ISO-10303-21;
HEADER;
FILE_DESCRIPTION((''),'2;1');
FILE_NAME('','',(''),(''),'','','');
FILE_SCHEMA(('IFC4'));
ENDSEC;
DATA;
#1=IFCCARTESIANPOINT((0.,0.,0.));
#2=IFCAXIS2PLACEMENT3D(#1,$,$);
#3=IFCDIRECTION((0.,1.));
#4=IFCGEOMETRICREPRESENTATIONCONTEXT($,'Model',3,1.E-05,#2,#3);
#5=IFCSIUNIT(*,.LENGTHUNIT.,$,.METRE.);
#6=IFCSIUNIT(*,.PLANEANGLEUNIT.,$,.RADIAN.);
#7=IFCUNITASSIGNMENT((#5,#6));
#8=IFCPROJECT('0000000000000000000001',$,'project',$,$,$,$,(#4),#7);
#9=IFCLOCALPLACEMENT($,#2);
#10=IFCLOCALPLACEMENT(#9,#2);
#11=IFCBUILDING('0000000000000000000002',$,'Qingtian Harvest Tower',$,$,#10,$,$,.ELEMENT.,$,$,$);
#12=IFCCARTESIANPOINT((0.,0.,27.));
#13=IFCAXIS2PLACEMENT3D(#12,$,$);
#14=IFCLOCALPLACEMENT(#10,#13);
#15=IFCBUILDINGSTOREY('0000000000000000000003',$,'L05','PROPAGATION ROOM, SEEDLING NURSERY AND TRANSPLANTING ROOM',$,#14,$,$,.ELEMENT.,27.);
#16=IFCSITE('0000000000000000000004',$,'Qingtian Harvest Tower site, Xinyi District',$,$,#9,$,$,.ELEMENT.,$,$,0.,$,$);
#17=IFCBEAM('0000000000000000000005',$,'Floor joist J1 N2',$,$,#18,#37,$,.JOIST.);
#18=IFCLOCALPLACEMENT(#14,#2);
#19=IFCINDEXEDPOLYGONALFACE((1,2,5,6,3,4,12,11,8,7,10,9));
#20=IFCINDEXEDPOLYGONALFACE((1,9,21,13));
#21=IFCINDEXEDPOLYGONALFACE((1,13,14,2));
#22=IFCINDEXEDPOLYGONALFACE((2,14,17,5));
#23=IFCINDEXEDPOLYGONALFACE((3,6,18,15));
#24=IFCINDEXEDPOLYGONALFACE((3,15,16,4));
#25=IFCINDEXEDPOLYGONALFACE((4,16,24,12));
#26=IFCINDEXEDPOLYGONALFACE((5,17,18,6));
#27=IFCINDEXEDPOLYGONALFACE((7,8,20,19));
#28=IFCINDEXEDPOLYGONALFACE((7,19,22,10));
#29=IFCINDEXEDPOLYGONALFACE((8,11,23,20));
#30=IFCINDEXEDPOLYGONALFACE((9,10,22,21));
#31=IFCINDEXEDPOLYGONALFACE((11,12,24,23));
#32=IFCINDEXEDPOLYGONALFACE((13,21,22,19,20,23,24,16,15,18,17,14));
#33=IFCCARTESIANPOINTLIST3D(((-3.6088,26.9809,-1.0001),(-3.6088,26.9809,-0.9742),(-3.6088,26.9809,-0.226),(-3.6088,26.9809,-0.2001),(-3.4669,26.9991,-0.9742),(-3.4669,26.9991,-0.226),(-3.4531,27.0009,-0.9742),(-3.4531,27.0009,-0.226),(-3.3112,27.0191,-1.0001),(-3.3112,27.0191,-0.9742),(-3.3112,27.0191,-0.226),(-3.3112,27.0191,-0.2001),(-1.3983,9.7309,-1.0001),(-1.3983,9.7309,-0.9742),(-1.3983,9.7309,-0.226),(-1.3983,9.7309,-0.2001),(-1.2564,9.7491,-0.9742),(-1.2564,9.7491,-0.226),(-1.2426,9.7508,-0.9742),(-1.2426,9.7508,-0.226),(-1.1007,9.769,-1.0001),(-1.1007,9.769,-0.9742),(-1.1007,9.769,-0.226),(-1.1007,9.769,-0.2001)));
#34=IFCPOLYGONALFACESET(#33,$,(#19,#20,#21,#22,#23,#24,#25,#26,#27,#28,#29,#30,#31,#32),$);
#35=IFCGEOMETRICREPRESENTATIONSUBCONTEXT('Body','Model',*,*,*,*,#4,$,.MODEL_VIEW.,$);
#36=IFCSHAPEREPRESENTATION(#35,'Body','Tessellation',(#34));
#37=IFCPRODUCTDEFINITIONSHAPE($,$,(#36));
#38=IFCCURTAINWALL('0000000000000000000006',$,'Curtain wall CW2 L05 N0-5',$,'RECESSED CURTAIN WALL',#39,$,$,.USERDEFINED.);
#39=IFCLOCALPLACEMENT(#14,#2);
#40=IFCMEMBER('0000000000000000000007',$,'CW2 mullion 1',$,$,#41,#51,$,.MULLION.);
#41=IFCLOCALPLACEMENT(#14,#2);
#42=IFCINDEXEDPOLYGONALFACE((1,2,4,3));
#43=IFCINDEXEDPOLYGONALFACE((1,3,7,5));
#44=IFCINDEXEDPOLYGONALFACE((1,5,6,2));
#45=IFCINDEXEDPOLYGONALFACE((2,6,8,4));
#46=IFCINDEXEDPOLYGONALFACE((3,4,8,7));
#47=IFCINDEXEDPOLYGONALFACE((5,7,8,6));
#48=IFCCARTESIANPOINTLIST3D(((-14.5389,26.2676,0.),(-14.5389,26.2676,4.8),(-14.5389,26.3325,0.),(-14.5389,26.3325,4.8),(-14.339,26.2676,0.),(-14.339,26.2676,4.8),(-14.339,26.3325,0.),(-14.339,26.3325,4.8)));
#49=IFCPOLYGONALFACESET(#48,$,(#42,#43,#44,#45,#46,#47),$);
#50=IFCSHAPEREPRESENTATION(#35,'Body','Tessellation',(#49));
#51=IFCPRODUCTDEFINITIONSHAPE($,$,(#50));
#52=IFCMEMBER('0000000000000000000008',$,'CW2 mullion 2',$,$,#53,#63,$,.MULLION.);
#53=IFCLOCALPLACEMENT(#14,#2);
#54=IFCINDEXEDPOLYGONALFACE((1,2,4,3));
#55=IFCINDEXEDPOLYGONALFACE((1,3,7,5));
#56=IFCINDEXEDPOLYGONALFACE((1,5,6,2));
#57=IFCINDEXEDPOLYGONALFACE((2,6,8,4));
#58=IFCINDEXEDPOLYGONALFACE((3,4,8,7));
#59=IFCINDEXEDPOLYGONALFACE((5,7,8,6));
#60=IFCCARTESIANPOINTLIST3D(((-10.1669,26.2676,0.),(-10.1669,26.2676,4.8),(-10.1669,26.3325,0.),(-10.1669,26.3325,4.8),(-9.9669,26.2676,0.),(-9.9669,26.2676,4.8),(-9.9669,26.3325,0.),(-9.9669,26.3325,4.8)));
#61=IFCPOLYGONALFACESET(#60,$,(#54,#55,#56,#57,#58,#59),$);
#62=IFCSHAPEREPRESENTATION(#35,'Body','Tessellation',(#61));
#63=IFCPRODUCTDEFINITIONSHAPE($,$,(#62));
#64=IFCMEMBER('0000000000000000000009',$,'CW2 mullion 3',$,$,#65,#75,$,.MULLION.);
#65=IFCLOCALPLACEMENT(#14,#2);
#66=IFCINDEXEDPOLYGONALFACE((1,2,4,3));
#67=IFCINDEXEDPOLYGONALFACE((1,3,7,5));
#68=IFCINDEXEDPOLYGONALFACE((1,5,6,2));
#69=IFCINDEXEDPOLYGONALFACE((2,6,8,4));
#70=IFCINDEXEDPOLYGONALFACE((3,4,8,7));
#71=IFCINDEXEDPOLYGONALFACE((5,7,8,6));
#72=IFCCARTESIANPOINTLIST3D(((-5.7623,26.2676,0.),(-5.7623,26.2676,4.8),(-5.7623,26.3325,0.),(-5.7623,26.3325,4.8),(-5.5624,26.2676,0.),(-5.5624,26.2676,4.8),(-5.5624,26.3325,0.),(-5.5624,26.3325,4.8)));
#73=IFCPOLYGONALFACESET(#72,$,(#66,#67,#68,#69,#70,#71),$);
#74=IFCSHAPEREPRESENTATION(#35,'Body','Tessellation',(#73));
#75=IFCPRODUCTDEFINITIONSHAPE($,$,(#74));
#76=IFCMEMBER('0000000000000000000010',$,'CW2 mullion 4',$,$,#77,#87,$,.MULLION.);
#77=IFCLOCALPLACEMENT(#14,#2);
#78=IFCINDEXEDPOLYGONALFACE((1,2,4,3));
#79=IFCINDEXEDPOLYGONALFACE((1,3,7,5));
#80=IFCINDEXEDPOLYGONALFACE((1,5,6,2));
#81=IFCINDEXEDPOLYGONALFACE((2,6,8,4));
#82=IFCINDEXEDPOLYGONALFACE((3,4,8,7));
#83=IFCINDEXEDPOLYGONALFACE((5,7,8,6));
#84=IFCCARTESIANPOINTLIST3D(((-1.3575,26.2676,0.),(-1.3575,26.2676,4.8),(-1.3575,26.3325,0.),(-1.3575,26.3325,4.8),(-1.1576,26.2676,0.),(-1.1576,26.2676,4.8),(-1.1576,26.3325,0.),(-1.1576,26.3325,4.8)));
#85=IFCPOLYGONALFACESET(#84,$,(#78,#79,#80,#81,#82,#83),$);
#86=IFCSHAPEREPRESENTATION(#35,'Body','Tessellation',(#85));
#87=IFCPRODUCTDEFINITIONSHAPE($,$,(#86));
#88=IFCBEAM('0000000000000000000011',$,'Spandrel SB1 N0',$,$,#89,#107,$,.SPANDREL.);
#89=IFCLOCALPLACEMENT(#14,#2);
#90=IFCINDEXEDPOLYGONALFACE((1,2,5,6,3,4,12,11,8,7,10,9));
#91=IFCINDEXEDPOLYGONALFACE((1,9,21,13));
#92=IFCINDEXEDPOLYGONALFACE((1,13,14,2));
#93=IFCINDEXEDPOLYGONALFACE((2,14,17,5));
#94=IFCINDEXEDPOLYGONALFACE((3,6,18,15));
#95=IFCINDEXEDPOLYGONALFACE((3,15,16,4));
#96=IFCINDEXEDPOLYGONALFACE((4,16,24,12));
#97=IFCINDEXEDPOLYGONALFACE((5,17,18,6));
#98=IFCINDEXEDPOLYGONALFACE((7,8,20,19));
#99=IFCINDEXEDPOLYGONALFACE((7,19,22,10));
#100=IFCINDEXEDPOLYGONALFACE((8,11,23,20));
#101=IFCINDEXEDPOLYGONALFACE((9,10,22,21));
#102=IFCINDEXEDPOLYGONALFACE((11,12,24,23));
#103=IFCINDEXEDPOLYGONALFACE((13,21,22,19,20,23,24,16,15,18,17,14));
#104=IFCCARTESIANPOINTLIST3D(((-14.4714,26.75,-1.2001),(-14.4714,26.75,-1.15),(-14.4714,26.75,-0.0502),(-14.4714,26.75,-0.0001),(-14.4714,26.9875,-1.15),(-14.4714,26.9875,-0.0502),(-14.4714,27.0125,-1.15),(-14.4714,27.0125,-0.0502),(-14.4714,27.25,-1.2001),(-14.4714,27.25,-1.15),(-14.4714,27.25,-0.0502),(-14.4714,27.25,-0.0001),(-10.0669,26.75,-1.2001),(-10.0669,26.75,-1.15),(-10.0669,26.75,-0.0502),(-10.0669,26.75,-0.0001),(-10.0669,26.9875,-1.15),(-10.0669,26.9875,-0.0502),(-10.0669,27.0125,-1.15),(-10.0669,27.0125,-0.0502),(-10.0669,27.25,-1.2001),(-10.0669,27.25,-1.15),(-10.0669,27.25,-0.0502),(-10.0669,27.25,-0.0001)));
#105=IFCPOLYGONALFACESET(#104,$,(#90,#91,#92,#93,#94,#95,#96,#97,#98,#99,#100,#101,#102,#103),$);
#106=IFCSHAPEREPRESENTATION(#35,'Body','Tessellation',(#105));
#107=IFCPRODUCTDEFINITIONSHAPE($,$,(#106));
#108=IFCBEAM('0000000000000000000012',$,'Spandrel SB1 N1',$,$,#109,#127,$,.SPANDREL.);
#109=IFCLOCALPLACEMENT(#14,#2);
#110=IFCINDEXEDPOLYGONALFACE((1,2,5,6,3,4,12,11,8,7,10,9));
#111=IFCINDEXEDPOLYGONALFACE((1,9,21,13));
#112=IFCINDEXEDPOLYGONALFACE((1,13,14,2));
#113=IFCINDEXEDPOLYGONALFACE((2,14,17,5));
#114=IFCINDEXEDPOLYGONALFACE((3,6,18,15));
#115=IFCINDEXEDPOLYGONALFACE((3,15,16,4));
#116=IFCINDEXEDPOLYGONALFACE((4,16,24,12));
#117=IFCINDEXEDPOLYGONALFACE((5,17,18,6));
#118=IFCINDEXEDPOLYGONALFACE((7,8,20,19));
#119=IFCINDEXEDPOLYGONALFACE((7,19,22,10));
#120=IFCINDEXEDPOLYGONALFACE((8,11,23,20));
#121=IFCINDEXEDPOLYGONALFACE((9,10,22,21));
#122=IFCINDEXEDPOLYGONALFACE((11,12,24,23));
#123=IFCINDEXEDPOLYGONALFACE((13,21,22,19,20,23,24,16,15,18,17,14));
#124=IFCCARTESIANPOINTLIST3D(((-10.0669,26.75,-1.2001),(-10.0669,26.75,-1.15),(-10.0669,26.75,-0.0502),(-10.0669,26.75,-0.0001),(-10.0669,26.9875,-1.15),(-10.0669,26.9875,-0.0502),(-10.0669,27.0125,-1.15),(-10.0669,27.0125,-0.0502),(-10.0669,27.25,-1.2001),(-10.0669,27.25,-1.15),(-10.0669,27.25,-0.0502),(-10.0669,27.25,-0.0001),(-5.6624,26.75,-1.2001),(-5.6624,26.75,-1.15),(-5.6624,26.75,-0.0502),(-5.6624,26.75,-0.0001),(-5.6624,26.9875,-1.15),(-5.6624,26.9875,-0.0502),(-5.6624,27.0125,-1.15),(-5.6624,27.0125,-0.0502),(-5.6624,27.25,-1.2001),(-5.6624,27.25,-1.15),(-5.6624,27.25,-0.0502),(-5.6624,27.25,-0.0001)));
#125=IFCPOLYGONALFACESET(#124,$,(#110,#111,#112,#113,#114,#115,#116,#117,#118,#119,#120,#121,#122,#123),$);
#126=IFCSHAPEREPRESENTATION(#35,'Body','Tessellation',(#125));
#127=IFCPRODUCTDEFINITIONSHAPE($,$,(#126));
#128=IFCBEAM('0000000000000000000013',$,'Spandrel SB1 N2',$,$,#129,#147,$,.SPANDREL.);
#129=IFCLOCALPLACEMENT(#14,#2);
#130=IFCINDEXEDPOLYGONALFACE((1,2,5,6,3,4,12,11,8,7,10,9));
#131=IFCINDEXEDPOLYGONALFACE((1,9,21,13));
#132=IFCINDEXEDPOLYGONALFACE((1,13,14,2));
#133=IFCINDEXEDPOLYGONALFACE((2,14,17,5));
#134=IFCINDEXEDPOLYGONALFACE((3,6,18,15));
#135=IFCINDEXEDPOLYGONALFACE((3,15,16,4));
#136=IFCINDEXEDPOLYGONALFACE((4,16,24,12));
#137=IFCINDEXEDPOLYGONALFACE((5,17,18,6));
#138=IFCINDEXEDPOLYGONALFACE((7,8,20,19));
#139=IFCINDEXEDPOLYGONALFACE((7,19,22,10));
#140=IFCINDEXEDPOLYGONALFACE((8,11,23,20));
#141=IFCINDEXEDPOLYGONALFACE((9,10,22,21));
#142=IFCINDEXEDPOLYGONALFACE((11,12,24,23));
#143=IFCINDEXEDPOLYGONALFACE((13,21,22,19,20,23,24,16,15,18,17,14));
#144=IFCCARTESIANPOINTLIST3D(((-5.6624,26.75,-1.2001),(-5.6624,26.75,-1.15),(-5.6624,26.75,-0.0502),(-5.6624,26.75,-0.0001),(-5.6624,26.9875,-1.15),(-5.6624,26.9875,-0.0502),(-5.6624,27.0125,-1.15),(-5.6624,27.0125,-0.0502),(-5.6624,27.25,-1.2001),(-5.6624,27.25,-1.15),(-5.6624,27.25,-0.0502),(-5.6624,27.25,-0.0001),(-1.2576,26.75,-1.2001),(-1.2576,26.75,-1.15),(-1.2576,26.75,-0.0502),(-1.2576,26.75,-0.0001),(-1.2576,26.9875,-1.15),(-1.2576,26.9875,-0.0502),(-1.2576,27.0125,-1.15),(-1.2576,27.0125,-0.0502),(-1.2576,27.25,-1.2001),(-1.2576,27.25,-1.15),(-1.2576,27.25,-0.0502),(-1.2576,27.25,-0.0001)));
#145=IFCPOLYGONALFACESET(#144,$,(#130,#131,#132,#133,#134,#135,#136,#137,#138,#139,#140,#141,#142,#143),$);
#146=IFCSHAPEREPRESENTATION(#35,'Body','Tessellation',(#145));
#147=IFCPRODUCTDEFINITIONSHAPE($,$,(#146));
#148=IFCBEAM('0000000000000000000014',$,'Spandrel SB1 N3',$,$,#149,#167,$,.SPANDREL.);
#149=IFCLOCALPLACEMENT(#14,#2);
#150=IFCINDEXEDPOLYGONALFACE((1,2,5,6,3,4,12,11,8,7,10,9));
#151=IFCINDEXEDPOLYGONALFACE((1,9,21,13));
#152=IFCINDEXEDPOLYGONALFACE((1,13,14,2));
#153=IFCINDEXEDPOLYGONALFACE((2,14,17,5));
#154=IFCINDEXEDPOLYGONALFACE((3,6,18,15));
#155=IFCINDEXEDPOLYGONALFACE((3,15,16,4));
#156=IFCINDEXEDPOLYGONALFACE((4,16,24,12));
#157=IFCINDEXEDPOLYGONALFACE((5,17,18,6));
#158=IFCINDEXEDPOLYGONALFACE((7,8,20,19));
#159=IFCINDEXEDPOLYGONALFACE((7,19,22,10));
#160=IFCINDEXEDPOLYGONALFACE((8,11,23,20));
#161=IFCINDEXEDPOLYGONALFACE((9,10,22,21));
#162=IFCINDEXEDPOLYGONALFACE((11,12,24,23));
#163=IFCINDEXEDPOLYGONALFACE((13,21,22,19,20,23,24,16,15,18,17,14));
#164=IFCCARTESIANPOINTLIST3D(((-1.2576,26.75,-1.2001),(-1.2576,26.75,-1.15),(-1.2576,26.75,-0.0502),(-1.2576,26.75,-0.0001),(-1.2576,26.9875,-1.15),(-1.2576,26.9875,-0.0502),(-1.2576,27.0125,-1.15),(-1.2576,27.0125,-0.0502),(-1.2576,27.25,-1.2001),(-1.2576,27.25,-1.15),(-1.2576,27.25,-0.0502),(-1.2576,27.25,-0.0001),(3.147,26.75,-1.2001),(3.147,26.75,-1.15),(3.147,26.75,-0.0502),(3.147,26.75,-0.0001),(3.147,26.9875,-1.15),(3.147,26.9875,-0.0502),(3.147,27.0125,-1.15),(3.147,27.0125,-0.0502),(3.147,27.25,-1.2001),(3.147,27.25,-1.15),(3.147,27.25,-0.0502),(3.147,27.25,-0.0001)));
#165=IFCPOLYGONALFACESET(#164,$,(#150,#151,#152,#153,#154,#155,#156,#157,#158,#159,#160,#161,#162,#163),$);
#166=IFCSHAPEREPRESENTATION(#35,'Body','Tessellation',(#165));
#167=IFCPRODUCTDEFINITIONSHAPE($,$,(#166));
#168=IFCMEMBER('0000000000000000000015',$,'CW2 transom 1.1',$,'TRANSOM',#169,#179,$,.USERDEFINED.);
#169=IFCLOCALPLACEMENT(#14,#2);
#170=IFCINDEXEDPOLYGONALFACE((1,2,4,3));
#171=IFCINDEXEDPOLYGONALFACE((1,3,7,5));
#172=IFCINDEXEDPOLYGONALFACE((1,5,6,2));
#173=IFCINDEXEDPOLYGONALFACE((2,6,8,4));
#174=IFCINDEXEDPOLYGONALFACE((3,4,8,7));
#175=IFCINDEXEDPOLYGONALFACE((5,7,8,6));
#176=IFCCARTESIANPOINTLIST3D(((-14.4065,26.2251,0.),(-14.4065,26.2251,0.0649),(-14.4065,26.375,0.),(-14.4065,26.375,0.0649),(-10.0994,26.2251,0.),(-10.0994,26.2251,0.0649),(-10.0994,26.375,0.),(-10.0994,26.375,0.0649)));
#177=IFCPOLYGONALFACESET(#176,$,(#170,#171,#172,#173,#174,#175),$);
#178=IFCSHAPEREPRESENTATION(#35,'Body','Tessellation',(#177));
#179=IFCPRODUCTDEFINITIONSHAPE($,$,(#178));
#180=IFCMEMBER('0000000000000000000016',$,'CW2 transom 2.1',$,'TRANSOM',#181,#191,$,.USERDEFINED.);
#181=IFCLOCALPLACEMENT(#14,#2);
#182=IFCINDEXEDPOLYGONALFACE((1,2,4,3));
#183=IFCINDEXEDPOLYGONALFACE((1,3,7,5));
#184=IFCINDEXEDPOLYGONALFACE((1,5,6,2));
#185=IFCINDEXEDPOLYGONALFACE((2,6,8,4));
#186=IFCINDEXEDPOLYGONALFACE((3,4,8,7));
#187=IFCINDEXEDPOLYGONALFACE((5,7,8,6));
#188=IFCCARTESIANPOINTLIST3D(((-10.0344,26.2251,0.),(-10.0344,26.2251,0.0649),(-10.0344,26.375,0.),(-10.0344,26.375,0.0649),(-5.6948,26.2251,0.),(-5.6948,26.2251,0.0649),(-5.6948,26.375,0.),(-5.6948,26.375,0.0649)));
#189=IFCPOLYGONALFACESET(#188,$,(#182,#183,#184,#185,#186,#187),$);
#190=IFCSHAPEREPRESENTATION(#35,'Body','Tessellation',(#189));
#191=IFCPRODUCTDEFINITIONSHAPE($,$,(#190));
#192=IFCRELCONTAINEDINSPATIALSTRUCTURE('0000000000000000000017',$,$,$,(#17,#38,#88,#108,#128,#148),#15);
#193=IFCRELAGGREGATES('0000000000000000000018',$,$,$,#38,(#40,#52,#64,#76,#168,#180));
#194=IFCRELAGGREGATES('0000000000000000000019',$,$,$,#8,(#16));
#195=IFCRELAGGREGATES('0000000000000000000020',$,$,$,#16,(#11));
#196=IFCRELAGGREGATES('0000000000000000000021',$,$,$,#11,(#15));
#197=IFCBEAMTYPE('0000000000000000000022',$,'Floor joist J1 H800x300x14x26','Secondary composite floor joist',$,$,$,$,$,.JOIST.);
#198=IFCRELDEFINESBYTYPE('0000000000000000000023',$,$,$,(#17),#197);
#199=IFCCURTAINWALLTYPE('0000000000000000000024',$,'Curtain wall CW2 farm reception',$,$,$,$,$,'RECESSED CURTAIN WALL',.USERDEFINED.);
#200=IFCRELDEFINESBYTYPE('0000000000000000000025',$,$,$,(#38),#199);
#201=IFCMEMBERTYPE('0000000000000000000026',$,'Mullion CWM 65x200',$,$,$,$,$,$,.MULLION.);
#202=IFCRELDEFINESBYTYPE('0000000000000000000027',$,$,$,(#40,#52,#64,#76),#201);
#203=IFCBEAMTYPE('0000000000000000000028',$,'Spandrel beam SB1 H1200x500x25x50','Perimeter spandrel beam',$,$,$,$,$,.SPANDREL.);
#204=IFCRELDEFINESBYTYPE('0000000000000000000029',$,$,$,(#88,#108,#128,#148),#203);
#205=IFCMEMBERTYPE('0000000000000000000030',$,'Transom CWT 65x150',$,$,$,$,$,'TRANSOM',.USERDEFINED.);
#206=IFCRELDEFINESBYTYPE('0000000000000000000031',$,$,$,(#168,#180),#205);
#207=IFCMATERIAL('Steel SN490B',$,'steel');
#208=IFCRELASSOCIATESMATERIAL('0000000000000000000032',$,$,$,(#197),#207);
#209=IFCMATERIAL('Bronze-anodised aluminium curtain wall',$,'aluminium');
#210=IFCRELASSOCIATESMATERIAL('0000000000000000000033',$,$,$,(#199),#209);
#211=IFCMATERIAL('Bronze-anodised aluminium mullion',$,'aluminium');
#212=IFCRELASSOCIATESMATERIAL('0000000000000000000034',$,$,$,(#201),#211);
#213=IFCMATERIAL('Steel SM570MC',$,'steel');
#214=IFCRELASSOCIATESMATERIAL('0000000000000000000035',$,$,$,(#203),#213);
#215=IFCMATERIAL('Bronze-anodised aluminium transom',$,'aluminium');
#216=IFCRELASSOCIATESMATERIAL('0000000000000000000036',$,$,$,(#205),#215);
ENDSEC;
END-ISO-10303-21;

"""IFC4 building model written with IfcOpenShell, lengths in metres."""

from ifc_helpers import new_model, si_unit, direction, frame, origin, origin_2d, place, context, subcontext, project, spatial, rectangle, i_section, extrude, material, material_profile, profile_set, type_object, element, aggregate, save


model = new_model("IFC4")

# Units and contexts
model_context = context("Model", 3, precision=1e-05, world=origin(), true_north=direction((0.0, 1.0)))
body_context = subcontext(model_context, "Body", "Model", "MODEL_VIEW")
ifc_project = project(units=[si_unit("LENGTHUNIT", "METRE"), si_unit("PLANEANGLEUNIT", "RADIAN")], contexts=[model_context])

# Site, building, storey
site_placement = place(None, origin())
site = spatial("IfcSite", under=ifc_project, at=site_placement, Name="Qingtian Harvest Tower site, Xinyi District", CompositionType="ELEMENT", RefElevation=0.0)
building_placement = place(site_placement, origin())
building = spatial("IfcBuilding", under=site, at=building_placement, Name="Qingtian Harvest Tower", CompositionType="ELEMENT")
storey_placement = place(building_placement, frame((0.0, 0.0, 27.0)))
storey = spatial("IfcBuildingStorey", under=building, at=storey_placement, Name="L05", Description="PROPAGATION ROOM, SEEDLING NURSERY AND TRANSPLANTING ROOM", CompositionType="ELEMENT", Elevation=27.0)

# Beam
ifc_material_1 = material(Name="Steel SN490B", Category="steel")
ifc_material_profile_1 = material_profile(ifc_material_1, i_section(OverallWidth=0.3, OverallDepth=0.8, WebThickness=0.0139, FlangeThickness=0.0259, at=origin_2d()), Name="H800x300x14x26")
ifc_profile_set_1 = profile_set([ifc_material_profile_1], Name="Steel SN490B")
beam_type_1 = type_object("IfcBeamType", Name="Floor joist J1 H800x300x14x26", Description="Secondary composite floor joist", PredefinedType="JOIST", material=ifc_profile_set_1)
beam_1_placement = place(storey_placement, frame((-3.46, 27.0, -0.6001), z_axis=(0.127103, -0.99189, 0.0), x_axis=(0.99189, 0.127103, 0.0)))
element("IfcBeam", 1, at=beam_1_placement, inside=storey, type_object=beam_type_1, Name="Floor joist J1 N2", PredefinedType="JOIST", context=body_context, shape_type="SweptSolid", body=[
    extrude(i_section(OverallWidth=0.3, OverallDepth=0.8, WebThickness=0.0139, FlangeThickness=0.0259, at=origin_2d()), origin(), (0.0, 0.0, 1.0), 17.3911),
])

# Curtain wall, members
ifc_material_2 = material(Name="Bronze-anodised aluminium curtain wall", Category="aluminium")
curtain_wall_type = type_object("IfcCurtainWallType", Name="Curtain wall CW2 farm reception", ElementType="RECESSED CURTAIN WALL", PredefinedType="USERDEFINED", material=ifc_material_2)
curtain_wall_placement = place(storey_placement, origin())
curtain_wall = element("IfcCurtainWall", 2, at=curtain_wall_placement, inside=storey, type_object=curtain_wall_type, Name="Curtain wall CW2 L05 N0-5", ObjectType="RECESSED CURTAIN WALL", PredefinedType="USERDEFINED")
ifc_material_3 = material(Name="Bronze-anodised aluminium mullion", Category="aluminium")
ifc_material_profile_2 = material_profile(ifc_material_3, rectangle(XDim=0.0649, YDim=0.2, at=origin_2d()), Name="AL 65x200")
ifc_profile_set_2 = profile_set([ifc_material_profile_2], Name="Bronze-anodised aluminium mullion")
member_type_1 = type_object("IfcMemberType", Name="Mullion CWM 65x200", PredefinedType="MULLION", material=ifc_profile_set_2)
member_1_placement = place(storey_placement, frame((-14.439, 26.3, 0.0), z_axis=(0.0, 0.0, 1.0), x_axis=(0.0, 1.0, 0.0)))
member_1 = element("IfcMember", 3, at=member_1_placement, type_object=member_type_1, Name="CW2 mullion 1", PredefinedType="MULLION", context=body_context, shape_type="SweptSolid", body=[
    extrude(rectangle(XDim=0.0649, YDim=0.2, at=origin_2d()), origin(), (0.0, 0.0, 1.0), 4.8),
])
member_2_placement = place(storey_placement, frame((-10.0669, 26.3, 0.0), z_axis=(0.0, 0.0, 1.0), x_axis=(0.0, 1.0, 0.0)))
member_2 = element("IfcMember", 4, at=member_2_placement, type_object=member_type_1, Name="CW2 mullion 2", PredefinedType="MULLION", context=body_context, shape_type="SweptSolid", body=[
    extrude(rectangle(XDim=0.0649, YDim=0.2, at=origin_2d()), origin(), (0.0, 0.0, 1.0), 4.8),
])
member_3_placement = place(storey_placement, frame((-5.6624, 26.3, 0.0), z_axis=(0.0, 0.0, 1.0), x_axis=(0.0, 1.0, 0.0)))
member_3 = element("IfcMember", 5, at=member_3_placement, type_object=member_type_1, Name="CW2 mullion 3", PredefinedType="MULLION", context=body_context, shape_type="SweptSolid", body=[
    extrude(rectangle(XDim=0.0649, YDim=0.2, at=origin_2d()), origin(), (0.0, 0.0, 1.0), 4.8),
])
member_4_placement = place(storey_placement, frame((-1.2576, 26.3, 0.0), z_axis=(0.0, 0.0, 1.0), x_axis=(0.0, 1.0, 0.0)))
member_4 = element("IfcMember", 6, at=member_4_placement, type_object=member_type_1, Name="CW2 mullion 4", PredefinedType="MULLION", context=body_context, shape_type="SweptSolid", body=[
    extrude(rectangle(XDim=0.0649, YDim=0.2, at=origin_2d()), origin(), (0.0, 0.0, 1.0), 4.8),
])

# Beams
ifc_material_4 = material(Name="Steel SM570MC", Category="steel")
ifc_material_profile_3 = material_profile(ifc_material_4, i_section(OverallWidth=0.5, OverallDepth=1.2, WebThickness=0.0249, FlangeThickness=0.05, at=origin_2d()), Name="H1200x500x25x50")
ifc_profile_set_3 = profile_set([ifc_material_profile_3], Name="Steel SM570MC")
beam_type_2 = type_object("IfcBeamType", Name="Spandrel beam SB1 H1200x500x25x50", Description="Perimeter spandrel beam", PredefinedType="SPANDREL", material=ifc_profile_set_3)
for number, where, z_axis, x_axis, name in (
    (7, (-14.4714, 27.0, -0.6001), (1.0, 0.0, 0.0), (0.0, 1.0, 0.0), "Spandrel SB1 N0"),
    (8, (-10.0669, 27.0, -0.6001), (1.0, 0.0, 0.0), (0.0, 1.0, 0.0), "Spandrel SB1 N1"),
):
    element("IfcBeam", number, at=place(storey_placement, frame(where, z_axis=z_axis, x_axis=x_axis)), inside=storey, type_object=beam_type_2, Name=name, PredefinedType="SPANDREL", context=body_context, shape_type="SweptSolid", body=[
        extrude(i_section(OverallWidth=0.5, OverallDepth=1.2, WebThickness=0.0249, FlangeThickness=0.05, at=origin_2d()), origin(), (0.0, 0.0, 1.0), 4.4045),
    ])
beam_2_placement = place(storey_placement, frame((-5.6624, 27.0, -0.6001), z_axis=(1.0, 0.0, 0.0), x_axis=(0.0, 1.0, 0.0)))
element("IfcBeam", 9, at=beam_2_placement, inside=storey, type_object=beam_type_2, Name="Spandrel SB1 N2", PredefinedType="SPANDREL", context=body_context, shape_type="SweptSolid", body=[
    extrude(i_section(OverallWidth=0.5, OverallDepth=1.2, WebThickness=0.0249, FlangeThickness=0.05, at=origin_2d()), origin(), (0.0, 0.0, 1.0), 4.4048),
])
beam_3_placement = place(storey_placement, frame((-1.2576, 27.0, -0.6001), z_axis=(1.0, 0.0, 0.0), x_axis=(0.0, 1.0, 0.0)))
element("IfcBeam", 10, at=beam_3_placement, inside=storey, type_object=beam_type_2, Name="Spandrel SB1 N3", PredefinedType="SPANDREL", context=body_context, shape_type="SweptSolid", body=[
    extrude(i_section(OverallWidth=0.5, OverallDepth=1.2, WebThickness=0.0249, FlangeThickness=0.05, at=origin_2d()), origin(), (0.0, 0.0, 1.0), 4.4045),
])

# Members
ifc_material_5 = material(Name="Bronze-anodised aluminium transom", Category="aluminium")
ifc_material_profile_4 = material_profile(ifc_material_5, rectangle(XDim=0.1499, YDim=0.0649, at=origin_2d()), Name="AL 65x150")
ifc_profile_set_4 = profile_set([ifc_material_profile_4], Name="Bronze-anodised aluminium transom")
member_type_2 = type_object("IfcMemberType", Name="Transom CWT 65x150", ElementType="TRANSOM", PredefinedType="USERDEFINED", material=ifc_profile_set_4)
member_5_placement = place(storey_placement, frame((-14.4065, 26.3, 0.0325), z_axis=(1.0, 0.0, 0.0), x_axis=(0.0, 1.0, 0.0)))
member_5 = element("IfcMember", 11, at=member_5_placement, type_object=member_type_2, Name="CW2 transom 1.1", ObjectType="TRANSOM", PredefinedType="USERDEFINED", context=body_context, shape_type="SweptSolid", body=[
    extrude(rectangle(XDim=0.1499, YDim=0.0649, at=origin_2d()), origin(), (0.0, 0.0, 1.0), 4.3071),
])
member_6_placement = place(storey_placement, frame((-10.0344, 26.3, 0.0325), z_axis=(1.0, 0.0, 0.0), x_axis=(0.0, 1.0, 0.0)))
member_6 = element("IfcMember", 12, at=member_6_placement, type_object=member_type_2, Name="CW2 transom 2.1", ObjectType="TRANSOM", PredefinedType="USERDEFINED", context=body_context, shape_type="SweptSolid", body=[
    extrude(rectangle(XDim=0.1499, YDim=0.0649, at=origin_2d()), origin(), (0.0, 0.0, 1.0), 4.3396),
])

aggregate(curtain_wall, [member_1, member_2, member_3, member_4, member_5, member_6])

save(model, "model.ifc")
